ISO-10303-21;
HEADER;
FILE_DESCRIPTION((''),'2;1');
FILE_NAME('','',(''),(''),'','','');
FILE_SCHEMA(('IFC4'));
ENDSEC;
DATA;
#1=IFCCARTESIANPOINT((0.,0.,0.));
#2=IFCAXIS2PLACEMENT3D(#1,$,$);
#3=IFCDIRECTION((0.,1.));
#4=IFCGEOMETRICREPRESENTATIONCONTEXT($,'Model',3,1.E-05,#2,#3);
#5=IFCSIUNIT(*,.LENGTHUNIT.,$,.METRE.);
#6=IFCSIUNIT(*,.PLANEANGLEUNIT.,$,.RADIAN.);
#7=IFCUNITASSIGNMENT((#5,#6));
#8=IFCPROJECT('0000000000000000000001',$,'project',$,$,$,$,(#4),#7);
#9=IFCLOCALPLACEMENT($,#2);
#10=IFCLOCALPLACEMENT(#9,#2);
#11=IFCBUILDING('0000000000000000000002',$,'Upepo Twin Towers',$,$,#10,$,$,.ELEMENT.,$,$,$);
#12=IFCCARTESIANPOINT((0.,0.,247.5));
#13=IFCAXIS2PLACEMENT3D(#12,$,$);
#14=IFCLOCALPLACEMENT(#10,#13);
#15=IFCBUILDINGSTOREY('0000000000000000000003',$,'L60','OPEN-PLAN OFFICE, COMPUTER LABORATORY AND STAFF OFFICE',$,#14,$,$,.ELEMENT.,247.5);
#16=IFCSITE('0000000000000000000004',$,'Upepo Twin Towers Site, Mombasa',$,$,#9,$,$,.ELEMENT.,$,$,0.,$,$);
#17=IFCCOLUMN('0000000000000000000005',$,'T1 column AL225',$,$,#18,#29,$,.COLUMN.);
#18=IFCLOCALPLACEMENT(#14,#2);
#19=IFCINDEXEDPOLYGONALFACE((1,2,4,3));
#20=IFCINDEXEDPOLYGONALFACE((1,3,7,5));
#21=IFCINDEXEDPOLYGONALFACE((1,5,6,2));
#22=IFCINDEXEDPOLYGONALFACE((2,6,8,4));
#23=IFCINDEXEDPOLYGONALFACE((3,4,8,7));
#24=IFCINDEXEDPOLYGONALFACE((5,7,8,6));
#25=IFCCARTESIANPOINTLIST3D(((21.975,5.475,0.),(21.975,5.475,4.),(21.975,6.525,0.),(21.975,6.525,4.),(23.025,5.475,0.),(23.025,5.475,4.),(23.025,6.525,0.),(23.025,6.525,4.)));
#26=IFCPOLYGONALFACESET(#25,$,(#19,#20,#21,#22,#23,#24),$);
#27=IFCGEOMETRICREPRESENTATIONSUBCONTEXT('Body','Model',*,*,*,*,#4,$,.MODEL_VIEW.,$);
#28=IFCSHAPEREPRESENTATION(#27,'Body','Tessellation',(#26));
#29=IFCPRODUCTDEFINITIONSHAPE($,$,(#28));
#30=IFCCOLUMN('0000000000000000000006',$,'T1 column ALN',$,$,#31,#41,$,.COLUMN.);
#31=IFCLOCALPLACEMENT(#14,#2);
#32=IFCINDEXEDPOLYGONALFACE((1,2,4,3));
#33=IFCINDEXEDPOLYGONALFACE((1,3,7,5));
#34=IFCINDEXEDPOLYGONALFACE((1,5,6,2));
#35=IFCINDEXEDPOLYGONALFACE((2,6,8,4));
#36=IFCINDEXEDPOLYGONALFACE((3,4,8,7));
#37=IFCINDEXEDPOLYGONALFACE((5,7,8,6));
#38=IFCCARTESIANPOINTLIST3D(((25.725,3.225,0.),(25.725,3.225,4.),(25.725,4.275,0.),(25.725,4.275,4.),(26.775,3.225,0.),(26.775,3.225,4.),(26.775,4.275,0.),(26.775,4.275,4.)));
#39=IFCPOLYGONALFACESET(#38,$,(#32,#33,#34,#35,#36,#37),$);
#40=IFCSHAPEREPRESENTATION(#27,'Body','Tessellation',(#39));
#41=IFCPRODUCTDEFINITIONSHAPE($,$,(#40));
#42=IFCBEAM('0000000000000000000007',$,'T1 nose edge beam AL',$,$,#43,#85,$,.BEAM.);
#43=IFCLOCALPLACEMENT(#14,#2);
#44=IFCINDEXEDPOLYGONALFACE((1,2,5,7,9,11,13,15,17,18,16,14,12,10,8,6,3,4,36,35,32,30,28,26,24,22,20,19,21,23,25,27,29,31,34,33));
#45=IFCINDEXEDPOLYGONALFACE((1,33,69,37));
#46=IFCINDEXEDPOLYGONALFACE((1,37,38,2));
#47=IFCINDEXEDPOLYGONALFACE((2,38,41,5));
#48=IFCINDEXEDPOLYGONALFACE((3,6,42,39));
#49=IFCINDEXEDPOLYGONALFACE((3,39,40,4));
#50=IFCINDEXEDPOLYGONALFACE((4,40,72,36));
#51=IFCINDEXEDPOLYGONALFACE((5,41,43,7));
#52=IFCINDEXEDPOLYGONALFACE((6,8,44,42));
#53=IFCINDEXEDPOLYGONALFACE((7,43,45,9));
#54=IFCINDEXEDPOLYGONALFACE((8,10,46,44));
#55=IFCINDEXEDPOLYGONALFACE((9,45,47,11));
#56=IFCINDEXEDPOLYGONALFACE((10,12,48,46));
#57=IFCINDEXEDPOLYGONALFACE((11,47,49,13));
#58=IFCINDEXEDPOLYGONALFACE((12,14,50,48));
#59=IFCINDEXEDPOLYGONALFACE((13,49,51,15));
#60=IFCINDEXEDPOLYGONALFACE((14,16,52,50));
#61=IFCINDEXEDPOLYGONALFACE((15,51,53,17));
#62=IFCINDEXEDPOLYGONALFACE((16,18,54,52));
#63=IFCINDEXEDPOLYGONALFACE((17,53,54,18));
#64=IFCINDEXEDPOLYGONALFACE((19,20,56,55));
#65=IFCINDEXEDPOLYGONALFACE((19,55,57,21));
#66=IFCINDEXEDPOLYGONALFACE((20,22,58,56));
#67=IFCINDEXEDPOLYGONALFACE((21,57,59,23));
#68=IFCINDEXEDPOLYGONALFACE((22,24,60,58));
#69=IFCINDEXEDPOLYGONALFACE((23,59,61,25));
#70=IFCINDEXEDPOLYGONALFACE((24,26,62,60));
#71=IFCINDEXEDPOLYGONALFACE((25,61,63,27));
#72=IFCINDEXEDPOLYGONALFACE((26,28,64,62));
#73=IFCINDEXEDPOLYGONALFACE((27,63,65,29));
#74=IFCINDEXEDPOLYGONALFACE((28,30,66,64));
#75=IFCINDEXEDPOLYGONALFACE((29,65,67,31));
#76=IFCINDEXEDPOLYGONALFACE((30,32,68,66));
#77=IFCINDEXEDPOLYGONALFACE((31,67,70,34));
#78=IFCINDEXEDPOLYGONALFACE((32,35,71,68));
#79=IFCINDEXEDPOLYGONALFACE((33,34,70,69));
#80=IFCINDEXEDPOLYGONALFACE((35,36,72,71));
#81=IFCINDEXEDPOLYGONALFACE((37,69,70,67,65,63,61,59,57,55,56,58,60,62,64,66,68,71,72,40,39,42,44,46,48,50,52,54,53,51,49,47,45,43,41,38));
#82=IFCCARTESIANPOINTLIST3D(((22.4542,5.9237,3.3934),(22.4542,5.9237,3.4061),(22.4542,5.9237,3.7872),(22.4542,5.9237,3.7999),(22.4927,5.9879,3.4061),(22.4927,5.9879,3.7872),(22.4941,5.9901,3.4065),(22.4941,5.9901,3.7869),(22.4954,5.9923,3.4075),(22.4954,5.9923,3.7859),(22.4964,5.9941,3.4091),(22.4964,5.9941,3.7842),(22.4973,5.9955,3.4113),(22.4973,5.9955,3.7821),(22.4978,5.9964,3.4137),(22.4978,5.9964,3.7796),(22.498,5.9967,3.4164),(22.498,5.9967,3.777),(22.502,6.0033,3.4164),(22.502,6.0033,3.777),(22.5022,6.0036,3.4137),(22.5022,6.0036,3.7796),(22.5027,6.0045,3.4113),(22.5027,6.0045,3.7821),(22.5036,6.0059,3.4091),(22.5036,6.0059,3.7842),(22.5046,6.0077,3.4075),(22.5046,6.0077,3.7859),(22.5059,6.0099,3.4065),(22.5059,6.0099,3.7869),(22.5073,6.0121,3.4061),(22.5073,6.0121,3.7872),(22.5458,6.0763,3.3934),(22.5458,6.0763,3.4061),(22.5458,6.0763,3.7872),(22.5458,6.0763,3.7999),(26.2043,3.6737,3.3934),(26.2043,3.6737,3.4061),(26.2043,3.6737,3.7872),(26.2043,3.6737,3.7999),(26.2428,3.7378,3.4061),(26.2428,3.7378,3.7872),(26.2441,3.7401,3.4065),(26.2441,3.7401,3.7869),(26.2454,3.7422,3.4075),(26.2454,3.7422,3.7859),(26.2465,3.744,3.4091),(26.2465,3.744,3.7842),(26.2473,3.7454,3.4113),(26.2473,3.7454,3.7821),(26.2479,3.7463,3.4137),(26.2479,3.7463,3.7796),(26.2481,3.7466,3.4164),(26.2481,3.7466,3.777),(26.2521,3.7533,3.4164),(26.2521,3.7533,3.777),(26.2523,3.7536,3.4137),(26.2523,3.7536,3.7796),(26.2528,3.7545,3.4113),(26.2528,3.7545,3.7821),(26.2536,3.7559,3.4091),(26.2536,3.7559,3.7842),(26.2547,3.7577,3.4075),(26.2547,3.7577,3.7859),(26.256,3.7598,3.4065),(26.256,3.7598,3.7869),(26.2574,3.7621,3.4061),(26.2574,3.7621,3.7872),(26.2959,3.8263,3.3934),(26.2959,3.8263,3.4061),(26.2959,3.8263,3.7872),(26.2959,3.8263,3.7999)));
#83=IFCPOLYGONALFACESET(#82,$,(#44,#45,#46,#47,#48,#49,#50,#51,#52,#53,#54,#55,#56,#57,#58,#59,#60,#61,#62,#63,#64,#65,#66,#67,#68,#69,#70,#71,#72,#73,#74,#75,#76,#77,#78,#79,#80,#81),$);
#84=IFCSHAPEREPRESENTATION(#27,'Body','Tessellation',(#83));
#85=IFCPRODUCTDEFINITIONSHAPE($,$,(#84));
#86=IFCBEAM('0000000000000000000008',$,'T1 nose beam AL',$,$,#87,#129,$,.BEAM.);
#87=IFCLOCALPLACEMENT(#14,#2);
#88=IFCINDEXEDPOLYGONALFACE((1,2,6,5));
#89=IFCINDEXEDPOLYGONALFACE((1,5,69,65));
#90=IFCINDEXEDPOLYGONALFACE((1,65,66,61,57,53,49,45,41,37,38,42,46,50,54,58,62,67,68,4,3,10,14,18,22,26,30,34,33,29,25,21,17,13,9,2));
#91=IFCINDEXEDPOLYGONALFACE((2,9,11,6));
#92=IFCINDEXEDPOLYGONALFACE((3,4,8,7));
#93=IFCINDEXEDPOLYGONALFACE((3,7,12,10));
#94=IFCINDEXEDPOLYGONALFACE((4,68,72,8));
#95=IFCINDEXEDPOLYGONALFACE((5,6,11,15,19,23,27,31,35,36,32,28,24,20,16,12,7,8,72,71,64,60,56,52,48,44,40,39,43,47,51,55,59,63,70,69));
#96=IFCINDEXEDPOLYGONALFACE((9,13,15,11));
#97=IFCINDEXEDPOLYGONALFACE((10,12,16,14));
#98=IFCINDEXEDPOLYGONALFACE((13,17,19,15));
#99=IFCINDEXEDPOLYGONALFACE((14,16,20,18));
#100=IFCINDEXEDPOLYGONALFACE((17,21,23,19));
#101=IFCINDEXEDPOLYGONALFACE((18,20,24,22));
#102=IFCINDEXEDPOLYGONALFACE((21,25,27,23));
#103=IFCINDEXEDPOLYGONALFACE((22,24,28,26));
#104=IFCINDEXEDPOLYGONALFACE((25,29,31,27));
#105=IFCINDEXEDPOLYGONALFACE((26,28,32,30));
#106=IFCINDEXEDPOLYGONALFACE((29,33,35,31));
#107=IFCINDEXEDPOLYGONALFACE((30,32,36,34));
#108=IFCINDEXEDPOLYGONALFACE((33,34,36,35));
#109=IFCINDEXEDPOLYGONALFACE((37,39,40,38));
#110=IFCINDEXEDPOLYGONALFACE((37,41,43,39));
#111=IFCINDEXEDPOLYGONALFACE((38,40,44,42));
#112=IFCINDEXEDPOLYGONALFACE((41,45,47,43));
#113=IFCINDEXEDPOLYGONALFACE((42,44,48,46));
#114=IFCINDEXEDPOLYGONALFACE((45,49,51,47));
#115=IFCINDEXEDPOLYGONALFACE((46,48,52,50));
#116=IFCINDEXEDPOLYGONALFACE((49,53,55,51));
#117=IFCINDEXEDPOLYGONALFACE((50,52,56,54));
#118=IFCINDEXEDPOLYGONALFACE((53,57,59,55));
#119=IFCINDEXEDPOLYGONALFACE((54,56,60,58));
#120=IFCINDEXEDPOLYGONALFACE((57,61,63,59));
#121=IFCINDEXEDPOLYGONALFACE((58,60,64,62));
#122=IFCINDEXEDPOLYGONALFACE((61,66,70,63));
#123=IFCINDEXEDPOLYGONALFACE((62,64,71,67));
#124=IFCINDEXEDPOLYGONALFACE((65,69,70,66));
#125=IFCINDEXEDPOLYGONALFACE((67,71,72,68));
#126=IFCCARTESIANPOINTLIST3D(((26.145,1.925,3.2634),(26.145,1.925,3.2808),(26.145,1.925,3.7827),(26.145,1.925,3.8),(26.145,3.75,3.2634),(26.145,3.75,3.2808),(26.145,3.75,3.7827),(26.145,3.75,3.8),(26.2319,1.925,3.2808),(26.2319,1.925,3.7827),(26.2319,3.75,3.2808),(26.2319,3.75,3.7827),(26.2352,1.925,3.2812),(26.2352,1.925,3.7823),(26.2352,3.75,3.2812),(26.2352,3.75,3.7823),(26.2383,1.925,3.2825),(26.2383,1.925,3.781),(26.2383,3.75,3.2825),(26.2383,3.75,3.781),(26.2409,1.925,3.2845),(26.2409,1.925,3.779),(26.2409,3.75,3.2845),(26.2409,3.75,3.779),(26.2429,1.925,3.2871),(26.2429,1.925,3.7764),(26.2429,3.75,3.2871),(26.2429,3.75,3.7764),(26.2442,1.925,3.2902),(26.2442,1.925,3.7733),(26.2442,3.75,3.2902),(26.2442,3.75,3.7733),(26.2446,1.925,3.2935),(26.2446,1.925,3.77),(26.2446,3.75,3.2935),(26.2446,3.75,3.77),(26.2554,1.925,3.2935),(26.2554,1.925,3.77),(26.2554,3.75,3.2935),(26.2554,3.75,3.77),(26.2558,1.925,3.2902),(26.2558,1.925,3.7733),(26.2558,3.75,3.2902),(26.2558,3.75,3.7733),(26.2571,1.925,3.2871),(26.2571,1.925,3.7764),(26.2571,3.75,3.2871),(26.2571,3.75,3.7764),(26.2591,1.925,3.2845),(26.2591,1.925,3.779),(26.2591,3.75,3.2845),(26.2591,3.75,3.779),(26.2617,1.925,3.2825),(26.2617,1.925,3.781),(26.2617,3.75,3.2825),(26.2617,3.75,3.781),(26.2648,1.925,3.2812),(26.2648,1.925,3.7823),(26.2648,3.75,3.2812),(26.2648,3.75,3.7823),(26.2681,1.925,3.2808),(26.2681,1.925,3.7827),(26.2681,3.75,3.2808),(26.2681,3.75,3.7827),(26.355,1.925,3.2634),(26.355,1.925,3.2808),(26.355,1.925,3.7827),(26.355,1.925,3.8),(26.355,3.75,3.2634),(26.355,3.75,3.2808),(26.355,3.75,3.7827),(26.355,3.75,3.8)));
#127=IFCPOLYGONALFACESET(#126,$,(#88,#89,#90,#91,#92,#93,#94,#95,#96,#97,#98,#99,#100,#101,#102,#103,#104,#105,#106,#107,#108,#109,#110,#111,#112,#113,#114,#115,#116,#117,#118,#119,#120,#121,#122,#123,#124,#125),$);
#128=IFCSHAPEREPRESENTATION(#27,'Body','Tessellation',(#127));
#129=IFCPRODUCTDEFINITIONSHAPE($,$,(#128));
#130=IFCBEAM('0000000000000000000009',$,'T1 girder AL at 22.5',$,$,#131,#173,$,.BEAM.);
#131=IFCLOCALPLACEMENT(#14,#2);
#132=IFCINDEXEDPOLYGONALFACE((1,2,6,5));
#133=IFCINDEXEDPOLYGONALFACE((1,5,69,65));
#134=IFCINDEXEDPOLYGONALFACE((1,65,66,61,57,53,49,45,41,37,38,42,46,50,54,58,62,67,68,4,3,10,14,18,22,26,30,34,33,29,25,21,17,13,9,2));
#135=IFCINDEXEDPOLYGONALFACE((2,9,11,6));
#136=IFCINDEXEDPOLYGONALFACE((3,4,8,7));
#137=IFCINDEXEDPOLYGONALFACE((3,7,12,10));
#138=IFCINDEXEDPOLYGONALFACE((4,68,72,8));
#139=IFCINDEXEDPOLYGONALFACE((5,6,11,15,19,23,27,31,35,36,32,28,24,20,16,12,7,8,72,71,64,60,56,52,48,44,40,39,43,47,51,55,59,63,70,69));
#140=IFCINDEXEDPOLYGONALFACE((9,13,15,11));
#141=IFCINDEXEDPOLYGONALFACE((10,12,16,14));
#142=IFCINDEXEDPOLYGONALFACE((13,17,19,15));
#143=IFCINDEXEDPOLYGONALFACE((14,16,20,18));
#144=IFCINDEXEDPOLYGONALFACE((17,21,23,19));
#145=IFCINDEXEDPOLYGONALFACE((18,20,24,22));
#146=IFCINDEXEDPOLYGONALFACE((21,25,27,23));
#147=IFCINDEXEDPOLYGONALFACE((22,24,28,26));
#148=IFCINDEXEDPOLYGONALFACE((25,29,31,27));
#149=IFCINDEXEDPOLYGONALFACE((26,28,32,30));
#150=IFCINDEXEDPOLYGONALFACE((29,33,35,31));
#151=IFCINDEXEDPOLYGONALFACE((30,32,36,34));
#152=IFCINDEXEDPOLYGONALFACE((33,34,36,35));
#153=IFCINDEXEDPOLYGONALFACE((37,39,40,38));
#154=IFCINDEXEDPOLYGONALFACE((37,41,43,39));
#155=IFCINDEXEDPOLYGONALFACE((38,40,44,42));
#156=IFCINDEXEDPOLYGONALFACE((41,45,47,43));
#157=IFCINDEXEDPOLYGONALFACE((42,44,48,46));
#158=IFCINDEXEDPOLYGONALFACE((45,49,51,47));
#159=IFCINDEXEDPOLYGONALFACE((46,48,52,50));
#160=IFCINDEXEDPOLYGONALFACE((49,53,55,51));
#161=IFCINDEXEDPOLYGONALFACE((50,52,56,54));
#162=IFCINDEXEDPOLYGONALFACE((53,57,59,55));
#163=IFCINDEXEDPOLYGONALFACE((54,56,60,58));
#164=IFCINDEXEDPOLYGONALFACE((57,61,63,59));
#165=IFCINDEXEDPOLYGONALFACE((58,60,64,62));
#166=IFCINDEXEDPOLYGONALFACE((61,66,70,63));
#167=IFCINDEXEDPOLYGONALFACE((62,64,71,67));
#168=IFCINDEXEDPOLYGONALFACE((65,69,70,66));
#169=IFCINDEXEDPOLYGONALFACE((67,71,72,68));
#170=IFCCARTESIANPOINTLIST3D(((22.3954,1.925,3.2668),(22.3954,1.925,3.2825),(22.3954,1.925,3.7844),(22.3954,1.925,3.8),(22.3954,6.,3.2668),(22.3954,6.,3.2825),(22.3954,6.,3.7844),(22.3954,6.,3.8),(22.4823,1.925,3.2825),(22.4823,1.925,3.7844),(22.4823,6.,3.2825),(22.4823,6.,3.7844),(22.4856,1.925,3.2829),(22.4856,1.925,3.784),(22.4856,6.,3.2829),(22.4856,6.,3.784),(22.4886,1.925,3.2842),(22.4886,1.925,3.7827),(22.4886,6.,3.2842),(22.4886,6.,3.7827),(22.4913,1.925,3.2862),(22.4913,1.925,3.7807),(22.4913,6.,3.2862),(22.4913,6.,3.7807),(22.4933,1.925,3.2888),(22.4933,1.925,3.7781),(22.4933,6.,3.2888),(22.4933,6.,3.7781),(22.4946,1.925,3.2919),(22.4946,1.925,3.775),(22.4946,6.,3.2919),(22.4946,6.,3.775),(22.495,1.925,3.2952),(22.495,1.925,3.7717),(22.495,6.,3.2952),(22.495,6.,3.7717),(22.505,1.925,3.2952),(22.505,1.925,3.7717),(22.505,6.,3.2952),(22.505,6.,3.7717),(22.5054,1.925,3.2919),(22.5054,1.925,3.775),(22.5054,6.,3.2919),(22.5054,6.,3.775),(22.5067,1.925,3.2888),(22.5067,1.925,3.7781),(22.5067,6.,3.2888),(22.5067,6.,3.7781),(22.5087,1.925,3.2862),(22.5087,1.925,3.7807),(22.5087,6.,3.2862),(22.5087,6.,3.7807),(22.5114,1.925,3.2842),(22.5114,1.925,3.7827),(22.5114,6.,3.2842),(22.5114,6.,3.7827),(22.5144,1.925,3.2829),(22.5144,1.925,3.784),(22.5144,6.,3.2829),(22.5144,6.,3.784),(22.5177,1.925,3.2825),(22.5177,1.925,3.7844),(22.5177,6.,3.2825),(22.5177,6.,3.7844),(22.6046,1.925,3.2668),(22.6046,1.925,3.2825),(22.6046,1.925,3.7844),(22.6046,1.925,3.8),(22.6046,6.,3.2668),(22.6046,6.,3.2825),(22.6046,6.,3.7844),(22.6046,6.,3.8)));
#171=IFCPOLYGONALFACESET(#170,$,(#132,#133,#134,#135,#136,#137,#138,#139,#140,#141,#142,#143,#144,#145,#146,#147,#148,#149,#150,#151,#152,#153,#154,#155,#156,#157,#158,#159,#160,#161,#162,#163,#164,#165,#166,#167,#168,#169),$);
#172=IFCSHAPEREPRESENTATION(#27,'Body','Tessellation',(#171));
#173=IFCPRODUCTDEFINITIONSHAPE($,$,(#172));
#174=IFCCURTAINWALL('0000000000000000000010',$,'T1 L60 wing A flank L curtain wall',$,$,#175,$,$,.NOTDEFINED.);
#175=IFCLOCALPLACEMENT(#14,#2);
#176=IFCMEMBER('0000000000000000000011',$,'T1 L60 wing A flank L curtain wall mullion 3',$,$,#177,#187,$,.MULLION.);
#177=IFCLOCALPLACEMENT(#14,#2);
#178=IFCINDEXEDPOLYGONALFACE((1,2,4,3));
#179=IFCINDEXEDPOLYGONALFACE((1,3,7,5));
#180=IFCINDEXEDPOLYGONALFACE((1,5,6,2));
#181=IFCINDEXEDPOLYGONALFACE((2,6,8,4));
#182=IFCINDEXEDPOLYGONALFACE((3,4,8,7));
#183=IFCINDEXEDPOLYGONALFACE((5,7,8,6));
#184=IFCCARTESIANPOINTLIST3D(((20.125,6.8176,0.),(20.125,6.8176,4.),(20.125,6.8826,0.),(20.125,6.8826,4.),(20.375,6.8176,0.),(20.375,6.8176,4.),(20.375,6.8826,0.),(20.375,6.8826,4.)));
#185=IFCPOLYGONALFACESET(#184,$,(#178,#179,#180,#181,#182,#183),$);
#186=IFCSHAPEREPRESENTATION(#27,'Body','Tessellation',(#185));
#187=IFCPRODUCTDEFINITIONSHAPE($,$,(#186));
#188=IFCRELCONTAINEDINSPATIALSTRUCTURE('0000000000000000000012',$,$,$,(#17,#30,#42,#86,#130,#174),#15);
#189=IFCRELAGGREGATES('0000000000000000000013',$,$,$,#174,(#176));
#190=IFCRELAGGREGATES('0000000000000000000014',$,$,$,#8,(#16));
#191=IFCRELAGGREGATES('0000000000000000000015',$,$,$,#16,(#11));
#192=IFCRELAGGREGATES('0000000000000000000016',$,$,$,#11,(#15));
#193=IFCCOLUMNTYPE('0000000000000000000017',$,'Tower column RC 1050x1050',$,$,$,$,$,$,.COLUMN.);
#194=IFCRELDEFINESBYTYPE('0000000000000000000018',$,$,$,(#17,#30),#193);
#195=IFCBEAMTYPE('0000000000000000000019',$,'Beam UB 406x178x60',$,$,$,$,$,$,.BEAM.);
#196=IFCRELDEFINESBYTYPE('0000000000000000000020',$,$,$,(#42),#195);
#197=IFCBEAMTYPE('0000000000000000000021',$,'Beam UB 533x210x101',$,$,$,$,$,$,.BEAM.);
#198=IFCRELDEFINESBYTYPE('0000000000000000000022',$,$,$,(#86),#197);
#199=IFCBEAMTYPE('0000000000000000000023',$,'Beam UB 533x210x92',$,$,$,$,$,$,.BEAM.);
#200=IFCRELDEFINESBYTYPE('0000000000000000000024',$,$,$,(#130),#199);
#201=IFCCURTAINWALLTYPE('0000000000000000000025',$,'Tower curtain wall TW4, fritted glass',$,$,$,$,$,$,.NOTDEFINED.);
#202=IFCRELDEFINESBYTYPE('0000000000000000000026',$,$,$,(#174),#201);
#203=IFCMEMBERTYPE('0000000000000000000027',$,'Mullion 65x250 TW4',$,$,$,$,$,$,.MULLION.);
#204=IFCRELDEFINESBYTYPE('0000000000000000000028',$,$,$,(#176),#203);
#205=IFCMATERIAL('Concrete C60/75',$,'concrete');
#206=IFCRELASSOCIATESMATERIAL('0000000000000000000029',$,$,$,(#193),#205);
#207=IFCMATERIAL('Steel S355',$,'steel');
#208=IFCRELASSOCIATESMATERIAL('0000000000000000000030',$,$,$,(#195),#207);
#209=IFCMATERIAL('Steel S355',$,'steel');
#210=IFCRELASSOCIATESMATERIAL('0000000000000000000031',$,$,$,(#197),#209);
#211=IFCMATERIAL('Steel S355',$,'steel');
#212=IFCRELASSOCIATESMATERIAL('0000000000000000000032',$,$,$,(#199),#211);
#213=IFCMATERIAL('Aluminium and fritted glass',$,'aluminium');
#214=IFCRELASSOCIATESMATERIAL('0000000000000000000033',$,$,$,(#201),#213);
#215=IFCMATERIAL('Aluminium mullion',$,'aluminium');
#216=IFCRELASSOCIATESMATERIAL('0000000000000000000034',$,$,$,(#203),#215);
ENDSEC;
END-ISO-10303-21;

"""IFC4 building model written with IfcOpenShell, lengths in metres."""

from ifc_helpers import new_model, si_unit, direction, frame, origin, origin_2d, place, context, subcontext, project, spatial, rectangle, i_section, extrude, material, material_profile, profile_set, type_object, element, aggregate, save


model = new_model("IFC4")

# Units and contexts
model_context = context("Model", 3, precision=1e-05, world=origin(), true_north=direction((0.0, 1.0)))
body_context = subcontext(model_context, "Body", "Model", "MODEL_VIEW")
ifc_project = project(units=[si_unit("LENGTHUNIT", "METRE"), si_unit("PLANEANGLEUNIT", "RADIAN")], contexts=[model_context])

# Site, building, storey
site_placement = place(None, origin())
site = spatial("IfcSite", under=ifc_project, at=site_placement, Name="Upepo Twin Towers Site, Mombasa", CompositionType="ELEMENT", RefElevation=0.0)
building_placement = place(site_placement, origin())
building = spatial("IfcBuilding", under=site, at=building_placement, Name="Upepo Twin Towers", CompositionType="ELEMENT")
storey_placement = place(building_placement, frame((0.0, 0.0, 247.5)))
storey = spatial("IfcBuildingStorey", under=building, at=storey_placement, Name="L60", Description="OPEN-PLAN OFFICE, COMPUTER LABORATORY AND STAFF OFFICE", CompositionType="ELEMENT", Elevation=247.5)

# Columns
ifc_material_1 = material(Name="Concrete C60/75", Category="concrete")
ifc_material_profile_1 = material_profile(ifc_material_1, rectangle(XDim=1.05, YDim=1.05, at=origin_2d()), Name="RC 1050x1050")
ifc_profile_set_1 = profile_set([ifc_material_profile_1], Name="Concrete C60/75")
column_type = type_object("IfcColumnType", Name="Tower column RC 1050x1050", PredefinedType="COLUMN", material=ifc_profile_set_1)
for number, where, z_axis, x_axis, name in (
    (1, (22.5, 6.0, 0.0), (0.0, 0.0, 1.0), (1.0, 0.0, 0.0), "T1 column AL225"),
    (2, (26.25, 3.75, 0.0), (0.0, 0.0, 1.0), (1.0, 0.0, 0.0), "T1 column ALN"),
):
    element("IfcColumn", number, at=place(storey_placement, frame(where, z_axis=z_axis, x_axis=x_axis)), inside=storey, type_object=column_type, Name=name, PredefinedType="COLUMN", context=body_context, shape_type="SweptSolid", body=[
        extrude(rectangle(XDim=1.05, YDim=1.05, at=origin_2d()), origin(), (0.0, 0.0, 1.0), 4.0),
    ])

# Beams
ifc_material_2 = material(Name="Steel S355", Category="steel")
ifc_material_profile_2 = material_profile(ifc_material_2, i_section(OverallWidth=0.178, OverallDepth=0.4065, WebThickness=0.0078, FlangeThickness=0.0127, FilletRadius=0.0103, at=origin_2d()), Name="UB 406x178x60")
ifc_profile_set_2 = profile_set([ifc_material_profile_2], Name="Steel S355")
beam_type_1 = type_object("IfcBeamType", Name="Beam UB 406x178x60", PredefinedType="BEAM", material=ifc_profile_set_2)
beam_1_placement = place(storey_placement, frame((22.5, 6.0, 3.5967), z_axis=(0.857493, -0.514496, 0.0), x_axis=(0.514496, 0.857493, 0.0)))
element("IfcBeam", 3, at=beam_1_placement, inside=storey, type_object=beam_type_1, Name="T1 nose edge beam AL", PredefinedType="BEAM", context=body_context, shape_type="SweptSolid", body=[
    extrude(i_section(OverallWidth=0.178, OverallDepth=0.4065, WebThickness=0.0078, FlangeThickness=0.0127, FilletRadius=0.0103, at=origin_2d()), origin(), (0.0, 0.0, 1.0), 4.3733),
])
ifc_material_3 = material(Name="Steel S355", Category="steel")
ifc_material_profile_3 = material_profile(ifc_material_3, i_section(OverallWidth=0.21, OverallDepth=0.5366, WebThickness=0.0107, FlangeThickness=0.0173, FilletRadius=0.0127, at=origin_2d()), Name="UB 533x210x101")
ifc_profile_set_3 = profile_set([ifc_material_profile_3], Name="Steel S355")
beam_type_2 = type_object("IfcBeamType", Name="Beam UB 533x210x101", PredefinedType="BEAM", material=ifc_profile_set_3)
beam_2_placement = place(storey_placement, frame((26.25, 3.75, 3.5317), z_axis=(0.0, -1.0, 0.0), x_axis=(1.0, 0.0, 0.0)))
element("IfcBeam", 4, at=beam_2_placement, inside=storey, type_object=beam_type_2, Name="T1 nose beam AL", PredefinedType="BEAM", context=body_context, shape_type="SweptSolid", body=[
    extrude(i_section(OverallWidth=0.21, OverallDepth=0.5366, WebThickness=0.0107, FlangeThickness=0.0173, FilletRadius=0.0127, at=origin_2d()), origin(), (0.0, 0.0, 1.0), 1.825),
])
ifc_material_4 = material(Name="Steel S355", Category="steel")
ifc_material_profile_4 = material_profile(ifc_material_4, i_section(OverallWidth=0.2092, OverallDepth=0.5332, WebThickness=0.01, FlangeThickness=0.0156, FilletRadius=0.0127, at=origin_2d()), Name="UB 533x210x92")
ifc_profile_set_4 = profile_set([ifc_material_profile_4], Name="Steel S355")
beam_type_3 = type_object("IfcBeamType", Name="Beam UB 533x210x92", PredefinedType="BEAM", material=ifc_profile_set_4)
beam_3_placement = place(storey_placement, frame((22.5, 6.0, 3.5334), z_axis=(0.0, -1.0, 0.0), x_axis=(1.0, 0.0, 0.0)))
element("IfcBeam", 5, at=beam_3_placement, inside=storey, type_object=beam_type_3, Name="T1 girder AL at 22.5", PredefinedType="BEAM", context=body_context, shape_type="SweptSolid", body=[
    extrude(i_section(OverallWidth=0.2092, OverallDepth=0.5332, WebThickness=0.01, FlangeThickness=0.0156, FilletRadius=0.0127, at=origin_2d()), origin(), (0.0, 0.0, 1.0), 4.075),
])

# Curtain wall, member
ifc_material_5 = material(Name="Aluminium and fritted glass", Category="aluminium")
curtain_wall_type = type_object("IfcCurtainWallType", Name="Tower curtain wall TW4, fritted glass", PredefinedType="NOTDEFINED", material=ifc_material_5)
curtain_wall_1_placement = place(storey_placement, origin())
curtain_wall_1 = element("IfcCurtainWall", 6, at=curtain_wall_1_placement, inside=storey, type_object=curtain_wall_type, Name="T1 L60 wing A flank L curtain wall", PredefinedType="NOTDEFINED")
ifc_material_6 = material(Name="Aluminium mullion", Category="aluminium")
ifc_material_profile_5 = material_profile(ifc_material_6, rectangle(XDim=0.0649, YDim=0.25, at=origin_2d()), Name="MULLION 65x250")
ifc_profile_set_5 = profile_set([ifc_material_profile_5], Name="Aluminium mullion")
member_type_1 = type_object("IfcMemberType", Name="Mullion 65x250 TW4", PredefinedType="MULLION", material=ifc_profile_set_5)
member_1_placement = place(storey_placement, frame((20.25, 6.8501, 0.0), z_axis=(0.0, 0.0, 1.0), x_axis=(0.0, 1.0, 0.0)))
member_1 = element("IfcMember", 7, at=member_1_placement, type_object=member_type_1, Name="T1 L60 wing A flank L curtain wall mullion 3", PredefinedType="MULLION", context=body_context, shape_type="SweptSolid", body=[
    extrude(rectangle(XDim=0.0649, YDim=0.25, at=origin_2d()), origin(), (0.0, 0.0, 1.0), 4.0),
])

aggregate(curtain_wall_1, [member_1])

save(model, "model.ifc")
